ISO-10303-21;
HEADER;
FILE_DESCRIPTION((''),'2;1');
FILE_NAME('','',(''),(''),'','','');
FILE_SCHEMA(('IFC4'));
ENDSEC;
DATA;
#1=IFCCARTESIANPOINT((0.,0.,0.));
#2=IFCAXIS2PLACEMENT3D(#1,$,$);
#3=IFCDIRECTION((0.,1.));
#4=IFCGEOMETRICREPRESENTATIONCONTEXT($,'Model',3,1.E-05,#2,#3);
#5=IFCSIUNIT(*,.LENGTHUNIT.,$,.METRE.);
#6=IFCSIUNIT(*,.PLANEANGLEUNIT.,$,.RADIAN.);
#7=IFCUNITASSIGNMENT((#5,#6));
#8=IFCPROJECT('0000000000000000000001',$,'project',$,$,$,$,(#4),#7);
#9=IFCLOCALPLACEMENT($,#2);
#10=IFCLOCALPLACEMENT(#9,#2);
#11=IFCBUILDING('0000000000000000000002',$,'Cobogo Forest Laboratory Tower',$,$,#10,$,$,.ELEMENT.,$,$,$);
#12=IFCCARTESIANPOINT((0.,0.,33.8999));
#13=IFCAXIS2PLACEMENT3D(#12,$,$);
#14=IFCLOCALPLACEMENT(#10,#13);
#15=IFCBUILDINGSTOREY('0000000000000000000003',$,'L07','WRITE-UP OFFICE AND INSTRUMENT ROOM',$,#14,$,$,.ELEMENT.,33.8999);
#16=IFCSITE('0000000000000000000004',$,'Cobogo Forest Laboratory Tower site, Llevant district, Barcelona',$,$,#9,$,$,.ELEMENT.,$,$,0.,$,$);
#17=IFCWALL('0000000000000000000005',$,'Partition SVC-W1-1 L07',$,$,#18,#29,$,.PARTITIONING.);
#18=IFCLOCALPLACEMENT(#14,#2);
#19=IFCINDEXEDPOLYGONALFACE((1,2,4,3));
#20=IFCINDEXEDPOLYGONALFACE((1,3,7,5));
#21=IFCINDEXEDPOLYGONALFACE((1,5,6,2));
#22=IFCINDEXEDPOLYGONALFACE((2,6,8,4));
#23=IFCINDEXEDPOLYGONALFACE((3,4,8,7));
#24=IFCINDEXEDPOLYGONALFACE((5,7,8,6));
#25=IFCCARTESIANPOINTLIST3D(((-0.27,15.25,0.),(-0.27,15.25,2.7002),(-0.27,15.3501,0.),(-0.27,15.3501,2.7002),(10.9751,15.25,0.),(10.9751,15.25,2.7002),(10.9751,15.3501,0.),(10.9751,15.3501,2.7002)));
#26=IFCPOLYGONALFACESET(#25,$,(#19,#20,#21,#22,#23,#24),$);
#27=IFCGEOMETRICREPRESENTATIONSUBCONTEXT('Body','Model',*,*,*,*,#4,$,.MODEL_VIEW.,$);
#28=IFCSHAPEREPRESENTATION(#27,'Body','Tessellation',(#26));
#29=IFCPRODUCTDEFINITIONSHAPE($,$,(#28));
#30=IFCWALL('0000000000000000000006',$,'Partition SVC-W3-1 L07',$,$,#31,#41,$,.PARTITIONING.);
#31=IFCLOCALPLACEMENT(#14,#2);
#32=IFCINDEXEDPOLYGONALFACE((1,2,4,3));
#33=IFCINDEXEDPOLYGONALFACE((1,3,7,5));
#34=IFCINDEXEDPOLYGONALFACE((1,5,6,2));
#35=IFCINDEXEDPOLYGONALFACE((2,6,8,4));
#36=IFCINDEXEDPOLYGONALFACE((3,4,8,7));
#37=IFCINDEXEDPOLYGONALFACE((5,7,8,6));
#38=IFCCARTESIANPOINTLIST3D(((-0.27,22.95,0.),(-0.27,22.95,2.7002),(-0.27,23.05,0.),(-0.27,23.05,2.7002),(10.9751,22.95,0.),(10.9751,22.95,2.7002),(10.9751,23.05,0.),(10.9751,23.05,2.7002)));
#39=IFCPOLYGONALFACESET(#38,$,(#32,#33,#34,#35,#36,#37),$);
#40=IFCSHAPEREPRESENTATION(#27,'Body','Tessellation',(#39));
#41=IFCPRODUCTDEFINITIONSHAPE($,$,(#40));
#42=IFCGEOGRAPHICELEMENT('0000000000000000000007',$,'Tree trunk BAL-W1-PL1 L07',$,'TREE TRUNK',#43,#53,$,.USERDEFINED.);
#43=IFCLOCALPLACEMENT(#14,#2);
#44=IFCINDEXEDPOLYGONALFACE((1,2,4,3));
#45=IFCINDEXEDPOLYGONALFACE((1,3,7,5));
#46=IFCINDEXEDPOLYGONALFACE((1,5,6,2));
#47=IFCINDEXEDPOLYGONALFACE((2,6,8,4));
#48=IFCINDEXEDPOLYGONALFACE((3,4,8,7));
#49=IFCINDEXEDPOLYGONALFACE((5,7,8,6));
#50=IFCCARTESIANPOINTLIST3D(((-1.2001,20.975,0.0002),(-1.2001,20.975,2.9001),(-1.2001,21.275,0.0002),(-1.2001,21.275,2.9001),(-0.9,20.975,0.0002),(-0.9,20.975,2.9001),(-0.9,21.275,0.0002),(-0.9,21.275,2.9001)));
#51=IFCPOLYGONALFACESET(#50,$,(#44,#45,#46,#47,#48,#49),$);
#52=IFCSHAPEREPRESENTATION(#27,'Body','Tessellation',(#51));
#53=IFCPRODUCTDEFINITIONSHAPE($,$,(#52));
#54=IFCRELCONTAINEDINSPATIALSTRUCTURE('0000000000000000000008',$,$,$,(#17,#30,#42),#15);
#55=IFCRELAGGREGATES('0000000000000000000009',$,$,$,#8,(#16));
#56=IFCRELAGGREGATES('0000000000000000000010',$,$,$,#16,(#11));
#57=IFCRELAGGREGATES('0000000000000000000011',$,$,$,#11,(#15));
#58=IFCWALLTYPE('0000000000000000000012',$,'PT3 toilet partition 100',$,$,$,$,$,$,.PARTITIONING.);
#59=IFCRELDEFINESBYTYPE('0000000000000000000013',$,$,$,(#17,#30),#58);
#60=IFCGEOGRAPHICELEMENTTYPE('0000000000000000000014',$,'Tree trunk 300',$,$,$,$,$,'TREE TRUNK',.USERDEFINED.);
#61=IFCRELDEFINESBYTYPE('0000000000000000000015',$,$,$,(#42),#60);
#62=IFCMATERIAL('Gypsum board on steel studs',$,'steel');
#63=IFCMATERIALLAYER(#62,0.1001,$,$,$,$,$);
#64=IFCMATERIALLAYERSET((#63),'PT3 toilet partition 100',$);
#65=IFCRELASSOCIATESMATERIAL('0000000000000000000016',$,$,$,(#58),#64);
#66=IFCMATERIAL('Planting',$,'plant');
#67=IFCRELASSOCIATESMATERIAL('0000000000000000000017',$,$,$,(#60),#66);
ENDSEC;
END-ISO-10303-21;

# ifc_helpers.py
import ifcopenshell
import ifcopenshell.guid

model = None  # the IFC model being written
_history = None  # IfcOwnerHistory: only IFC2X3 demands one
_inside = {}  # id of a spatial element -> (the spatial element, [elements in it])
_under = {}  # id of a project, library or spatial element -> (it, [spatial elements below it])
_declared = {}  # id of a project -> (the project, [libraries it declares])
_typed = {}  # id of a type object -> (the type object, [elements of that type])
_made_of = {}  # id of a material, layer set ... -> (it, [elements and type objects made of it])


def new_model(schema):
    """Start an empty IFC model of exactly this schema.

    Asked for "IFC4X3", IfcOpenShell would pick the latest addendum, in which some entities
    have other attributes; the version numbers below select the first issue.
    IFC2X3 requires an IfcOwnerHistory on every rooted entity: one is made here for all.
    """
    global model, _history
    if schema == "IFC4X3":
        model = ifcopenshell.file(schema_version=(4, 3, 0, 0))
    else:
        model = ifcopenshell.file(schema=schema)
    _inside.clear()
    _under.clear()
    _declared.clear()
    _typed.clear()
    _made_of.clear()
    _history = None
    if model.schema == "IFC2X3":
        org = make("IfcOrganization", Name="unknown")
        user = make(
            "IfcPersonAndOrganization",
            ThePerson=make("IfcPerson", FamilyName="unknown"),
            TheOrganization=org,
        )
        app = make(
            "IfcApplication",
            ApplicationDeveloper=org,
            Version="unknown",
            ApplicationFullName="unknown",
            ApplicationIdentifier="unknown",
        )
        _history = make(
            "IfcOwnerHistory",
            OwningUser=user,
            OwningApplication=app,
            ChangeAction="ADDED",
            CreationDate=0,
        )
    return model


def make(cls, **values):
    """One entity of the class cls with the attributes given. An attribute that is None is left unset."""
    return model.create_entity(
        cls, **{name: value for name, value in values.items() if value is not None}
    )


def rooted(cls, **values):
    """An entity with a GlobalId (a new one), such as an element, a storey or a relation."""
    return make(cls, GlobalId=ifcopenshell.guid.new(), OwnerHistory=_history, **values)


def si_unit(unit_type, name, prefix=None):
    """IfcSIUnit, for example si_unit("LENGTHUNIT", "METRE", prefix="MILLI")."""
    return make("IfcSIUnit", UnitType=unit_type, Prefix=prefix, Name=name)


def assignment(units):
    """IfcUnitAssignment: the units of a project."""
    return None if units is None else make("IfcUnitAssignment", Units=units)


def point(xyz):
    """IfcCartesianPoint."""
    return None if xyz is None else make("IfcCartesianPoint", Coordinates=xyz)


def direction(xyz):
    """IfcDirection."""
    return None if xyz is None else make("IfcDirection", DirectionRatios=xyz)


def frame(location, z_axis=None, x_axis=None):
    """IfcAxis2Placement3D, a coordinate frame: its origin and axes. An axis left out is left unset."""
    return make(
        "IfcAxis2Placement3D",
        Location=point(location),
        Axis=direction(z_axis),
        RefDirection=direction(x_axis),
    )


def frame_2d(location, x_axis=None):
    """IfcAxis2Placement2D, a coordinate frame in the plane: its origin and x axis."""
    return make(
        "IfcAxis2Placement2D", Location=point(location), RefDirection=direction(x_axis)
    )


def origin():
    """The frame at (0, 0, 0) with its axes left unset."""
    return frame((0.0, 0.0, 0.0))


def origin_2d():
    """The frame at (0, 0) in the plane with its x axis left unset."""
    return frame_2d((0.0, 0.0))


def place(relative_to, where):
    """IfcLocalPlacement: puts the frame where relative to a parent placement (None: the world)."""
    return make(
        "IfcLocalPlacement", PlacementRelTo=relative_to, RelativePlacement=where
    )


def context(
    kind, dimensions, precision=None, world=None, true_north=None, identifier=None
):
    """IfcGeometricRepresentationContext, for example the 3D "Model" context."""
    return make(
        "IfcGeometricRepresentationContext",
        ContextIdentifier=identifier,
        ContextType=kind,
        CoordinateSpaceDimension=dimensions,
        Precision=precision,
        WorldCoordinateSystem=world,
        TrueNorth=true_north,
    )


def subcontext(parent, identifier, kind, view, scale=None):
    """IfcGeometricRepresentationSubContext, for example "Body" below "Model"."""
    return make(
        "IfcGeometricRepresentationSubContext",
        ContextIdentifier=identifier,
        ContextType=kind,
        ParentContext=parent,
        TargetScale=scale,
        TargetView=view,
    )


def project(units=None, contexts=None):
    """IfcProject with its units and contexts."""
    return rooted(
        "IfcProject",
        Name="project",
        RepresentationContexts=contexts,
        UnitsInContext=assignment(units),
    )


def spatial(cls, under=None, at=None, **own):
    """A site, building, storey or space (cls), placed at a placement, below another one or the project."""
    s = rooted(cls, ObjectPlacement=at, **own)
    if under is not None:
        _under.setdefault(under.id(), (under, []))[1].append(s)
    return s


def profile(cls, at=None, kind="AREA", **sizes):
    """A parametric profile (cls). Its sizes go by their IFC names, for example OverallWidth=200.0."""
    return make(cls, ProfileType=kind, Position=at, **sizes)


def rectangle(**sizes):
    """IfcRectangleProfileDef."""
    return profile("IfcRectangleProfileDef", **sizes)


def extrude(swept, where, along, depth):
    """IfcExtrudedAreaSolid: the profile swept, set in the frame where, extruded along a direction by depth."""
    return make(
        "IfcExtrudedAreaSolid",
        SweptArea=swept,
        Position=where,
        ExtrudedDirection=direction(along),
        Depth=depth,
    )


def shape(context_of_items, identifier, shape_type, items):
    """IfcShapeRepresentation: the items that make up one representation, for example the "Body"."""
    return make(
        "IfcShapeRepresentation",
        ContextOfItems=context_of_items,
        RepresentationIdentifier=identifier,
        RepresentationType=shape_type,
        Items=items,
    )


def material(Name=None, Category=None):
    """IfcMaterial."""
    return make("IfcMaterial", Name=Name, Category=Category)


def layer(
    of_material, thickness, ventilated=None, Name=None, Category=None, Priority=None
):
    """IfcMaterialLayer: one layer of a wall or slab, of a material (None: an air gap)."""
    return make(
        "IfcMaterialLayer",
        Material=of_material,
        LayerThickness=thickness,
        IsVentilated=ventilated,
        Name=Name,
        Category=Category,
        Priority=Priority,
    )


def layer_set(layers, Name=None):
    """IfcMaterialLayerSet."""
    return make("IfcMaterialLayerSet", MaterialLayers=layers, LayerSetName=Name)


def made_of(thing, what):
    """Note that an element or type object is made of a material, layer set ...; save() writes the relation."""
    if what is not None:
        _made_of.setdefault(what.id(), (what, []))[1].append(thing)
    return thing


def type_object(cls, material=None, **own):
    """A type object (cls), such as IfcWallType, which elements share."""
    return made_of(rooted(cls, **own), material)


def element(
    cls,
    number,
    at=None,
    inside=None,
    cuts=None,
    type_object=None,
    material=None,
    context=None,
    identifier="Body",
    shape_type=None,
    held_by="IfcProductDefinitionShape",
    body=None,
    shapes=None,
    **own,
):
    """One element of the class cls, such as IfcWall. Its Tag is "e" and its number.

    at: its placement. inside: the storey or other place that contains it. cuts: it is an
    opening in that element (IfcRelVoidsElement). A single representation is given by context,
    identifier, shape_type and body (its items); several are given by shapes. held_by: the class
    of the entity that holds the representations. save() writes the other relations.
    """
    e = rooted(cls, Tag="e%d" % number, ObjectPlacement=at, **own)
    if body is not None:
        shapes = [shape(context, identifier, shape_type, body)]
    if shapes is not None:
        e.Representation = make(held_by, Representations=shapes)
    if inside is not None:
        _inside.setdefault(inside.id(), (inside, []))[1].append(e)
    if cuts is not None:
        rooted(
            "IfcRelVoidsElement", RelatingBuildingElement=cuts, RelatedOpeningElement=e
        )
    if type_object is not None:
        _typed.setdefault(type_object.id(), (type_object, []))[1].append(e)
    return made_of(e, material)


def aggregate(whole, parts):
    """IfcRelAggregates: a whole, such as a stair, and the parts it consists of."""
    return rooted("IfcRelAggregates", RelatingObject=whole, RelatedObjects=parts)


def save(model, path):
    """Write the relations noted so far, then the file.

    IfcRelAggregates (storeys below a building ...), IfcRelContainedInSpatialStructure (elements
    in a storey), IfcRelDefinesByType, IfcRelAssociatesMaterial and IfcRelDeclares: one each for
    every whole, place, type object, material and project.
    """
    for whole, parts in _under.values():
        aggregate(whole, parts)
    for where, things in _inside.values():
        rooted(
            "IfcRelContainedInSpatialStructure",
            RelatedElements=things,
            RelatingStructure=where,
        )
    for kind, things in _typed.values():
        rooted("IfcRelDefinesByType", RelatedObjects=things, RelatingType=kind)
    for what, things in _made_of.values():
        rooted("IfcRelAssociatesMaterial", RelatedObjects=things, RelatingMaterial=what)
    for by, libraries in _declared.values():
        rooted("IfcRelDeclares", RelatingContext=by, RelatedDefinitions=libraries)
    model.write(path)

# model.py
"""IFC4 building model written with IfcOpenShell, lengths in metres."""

from ifc_helpers import new_model, si_unit, direction, frame, frame_2d, origin, origin_2d, place, context, subcontext, project, spatial, rectangle, extrude, material, layer, layer_set, type_object, element, save


model = new_model("IFC4")

# Units and contexts
model_context = context("Model", 3, precision=1e-05, world=origin(), true_north=direction((0.0, 1.0)))
body_context = subcontext(model_context, "Body", "Model", "MODEL_VIEW")
ifc_project = project(units=[si_unit("LENGTHUNIT", "METRE"), si_unit("PLANEANGLEUNIT", "RADIAN")], contexts=[model_context])

# Site, building, storey
site_placement = place(None, origin())
site = spatial("IfcSite", under=ifc_project, at=site_placement, Name="Cobogo Forest Laboratory Tower site, Llevant district, Barcelona", CompositionType="ELEMENT", RefElevation=0.0)
building_placement = place(site_placement, origin())
building = spatial("IfcBuilding", under=site, at=building_placement, Name="Cobogo Forest Laboratory Tower", CompositionType="ELEMENT")
storey_placement = place(building_placement, frame((0.0, 0.0, 33.8999)))
storey = spatial("IfcBuildingStorey", under=building, at=storey_placement, Name="L07", Description="WRITE-UP OFFICE AND INSTRUMENT ROOM", CompositionType="ELEMENT", Elevation=33.8999)

# Walls
ifc_material_1 = material(Name="Gypsum board on steel studs", Category="steel")
ifc_layer_1 = layer(ifc_material_1, 0.1001)
ifc_layer_set_1 = layer_set([ifc_layer_1], Name="PT3 toilet partition 100")
wall_type = type_object("IfcWallType", Name="PT3 toilet partition 100", PredefinedType="PARTITIONING", material=ifc_layer_set_1)
for number, where, z_axis, x_axis, name in (
    (1, (-0.27, 15.3, 0.0), (0.0, 0.0, 1.0), (1.0, 0.0, 0.0), "Partition SVC-W1-1 L07"),
    (2, (-0.27, 23.0, 0.0), (0.0, 0.0, 1.0), (1.0, 0.0, 0.0), "Partition SVC-W3-1 L07"),
):
    element("IfcWall", number, at=place(storey_placement, frame(where, z_axis=z_axis, x_axis=x_axis)), inside=storey, type_object=wall_type, Name=name, PredefinedType="PARTITIONING", context=body_context, shape_type="SweptSolid", body=[
        extrude(rectangle(XDim=11.2451, YDim=0.1001, at=frame_2d((5.6226, 0.0))), origin(), (0.0, 0.0, 1.0), 2.7002),
    ])

# Geographic element
ifc_material_2 = material(Name="Planting", Category="plant")
geographic_element_type = type_object("IfcGeographicElementType", Name="Tree trunk 300", ElementType="TREE TRUNK", PredefinedType="USERDEFINED", material=ifc_material_2)
geographic_element_placement = place(storey_placement, frame((-1.05, 21.125, 0.0002), z_axis=(0.0, 0.0, 1.0), x_axis=(1.0, 0.0, 0.0)))
element("IfcGeographicElement", 3, at=geographic_element_placement, inside=storey, type_object=geographic_element_type, Name="Tree trunk BAL-W1-PL1 L07", ObjectType="TREE TRUNK", PredefinedType="USERDEFINED", context=body_context, shape_type="SweptSolid", body=[
    extrude(rectangle(XDim=0.3, YDim=0.3, at=origin_2d()), origin(), (0.0, 0.0, 1.0), 2.8999),
])

save(model, "model.ifc")
